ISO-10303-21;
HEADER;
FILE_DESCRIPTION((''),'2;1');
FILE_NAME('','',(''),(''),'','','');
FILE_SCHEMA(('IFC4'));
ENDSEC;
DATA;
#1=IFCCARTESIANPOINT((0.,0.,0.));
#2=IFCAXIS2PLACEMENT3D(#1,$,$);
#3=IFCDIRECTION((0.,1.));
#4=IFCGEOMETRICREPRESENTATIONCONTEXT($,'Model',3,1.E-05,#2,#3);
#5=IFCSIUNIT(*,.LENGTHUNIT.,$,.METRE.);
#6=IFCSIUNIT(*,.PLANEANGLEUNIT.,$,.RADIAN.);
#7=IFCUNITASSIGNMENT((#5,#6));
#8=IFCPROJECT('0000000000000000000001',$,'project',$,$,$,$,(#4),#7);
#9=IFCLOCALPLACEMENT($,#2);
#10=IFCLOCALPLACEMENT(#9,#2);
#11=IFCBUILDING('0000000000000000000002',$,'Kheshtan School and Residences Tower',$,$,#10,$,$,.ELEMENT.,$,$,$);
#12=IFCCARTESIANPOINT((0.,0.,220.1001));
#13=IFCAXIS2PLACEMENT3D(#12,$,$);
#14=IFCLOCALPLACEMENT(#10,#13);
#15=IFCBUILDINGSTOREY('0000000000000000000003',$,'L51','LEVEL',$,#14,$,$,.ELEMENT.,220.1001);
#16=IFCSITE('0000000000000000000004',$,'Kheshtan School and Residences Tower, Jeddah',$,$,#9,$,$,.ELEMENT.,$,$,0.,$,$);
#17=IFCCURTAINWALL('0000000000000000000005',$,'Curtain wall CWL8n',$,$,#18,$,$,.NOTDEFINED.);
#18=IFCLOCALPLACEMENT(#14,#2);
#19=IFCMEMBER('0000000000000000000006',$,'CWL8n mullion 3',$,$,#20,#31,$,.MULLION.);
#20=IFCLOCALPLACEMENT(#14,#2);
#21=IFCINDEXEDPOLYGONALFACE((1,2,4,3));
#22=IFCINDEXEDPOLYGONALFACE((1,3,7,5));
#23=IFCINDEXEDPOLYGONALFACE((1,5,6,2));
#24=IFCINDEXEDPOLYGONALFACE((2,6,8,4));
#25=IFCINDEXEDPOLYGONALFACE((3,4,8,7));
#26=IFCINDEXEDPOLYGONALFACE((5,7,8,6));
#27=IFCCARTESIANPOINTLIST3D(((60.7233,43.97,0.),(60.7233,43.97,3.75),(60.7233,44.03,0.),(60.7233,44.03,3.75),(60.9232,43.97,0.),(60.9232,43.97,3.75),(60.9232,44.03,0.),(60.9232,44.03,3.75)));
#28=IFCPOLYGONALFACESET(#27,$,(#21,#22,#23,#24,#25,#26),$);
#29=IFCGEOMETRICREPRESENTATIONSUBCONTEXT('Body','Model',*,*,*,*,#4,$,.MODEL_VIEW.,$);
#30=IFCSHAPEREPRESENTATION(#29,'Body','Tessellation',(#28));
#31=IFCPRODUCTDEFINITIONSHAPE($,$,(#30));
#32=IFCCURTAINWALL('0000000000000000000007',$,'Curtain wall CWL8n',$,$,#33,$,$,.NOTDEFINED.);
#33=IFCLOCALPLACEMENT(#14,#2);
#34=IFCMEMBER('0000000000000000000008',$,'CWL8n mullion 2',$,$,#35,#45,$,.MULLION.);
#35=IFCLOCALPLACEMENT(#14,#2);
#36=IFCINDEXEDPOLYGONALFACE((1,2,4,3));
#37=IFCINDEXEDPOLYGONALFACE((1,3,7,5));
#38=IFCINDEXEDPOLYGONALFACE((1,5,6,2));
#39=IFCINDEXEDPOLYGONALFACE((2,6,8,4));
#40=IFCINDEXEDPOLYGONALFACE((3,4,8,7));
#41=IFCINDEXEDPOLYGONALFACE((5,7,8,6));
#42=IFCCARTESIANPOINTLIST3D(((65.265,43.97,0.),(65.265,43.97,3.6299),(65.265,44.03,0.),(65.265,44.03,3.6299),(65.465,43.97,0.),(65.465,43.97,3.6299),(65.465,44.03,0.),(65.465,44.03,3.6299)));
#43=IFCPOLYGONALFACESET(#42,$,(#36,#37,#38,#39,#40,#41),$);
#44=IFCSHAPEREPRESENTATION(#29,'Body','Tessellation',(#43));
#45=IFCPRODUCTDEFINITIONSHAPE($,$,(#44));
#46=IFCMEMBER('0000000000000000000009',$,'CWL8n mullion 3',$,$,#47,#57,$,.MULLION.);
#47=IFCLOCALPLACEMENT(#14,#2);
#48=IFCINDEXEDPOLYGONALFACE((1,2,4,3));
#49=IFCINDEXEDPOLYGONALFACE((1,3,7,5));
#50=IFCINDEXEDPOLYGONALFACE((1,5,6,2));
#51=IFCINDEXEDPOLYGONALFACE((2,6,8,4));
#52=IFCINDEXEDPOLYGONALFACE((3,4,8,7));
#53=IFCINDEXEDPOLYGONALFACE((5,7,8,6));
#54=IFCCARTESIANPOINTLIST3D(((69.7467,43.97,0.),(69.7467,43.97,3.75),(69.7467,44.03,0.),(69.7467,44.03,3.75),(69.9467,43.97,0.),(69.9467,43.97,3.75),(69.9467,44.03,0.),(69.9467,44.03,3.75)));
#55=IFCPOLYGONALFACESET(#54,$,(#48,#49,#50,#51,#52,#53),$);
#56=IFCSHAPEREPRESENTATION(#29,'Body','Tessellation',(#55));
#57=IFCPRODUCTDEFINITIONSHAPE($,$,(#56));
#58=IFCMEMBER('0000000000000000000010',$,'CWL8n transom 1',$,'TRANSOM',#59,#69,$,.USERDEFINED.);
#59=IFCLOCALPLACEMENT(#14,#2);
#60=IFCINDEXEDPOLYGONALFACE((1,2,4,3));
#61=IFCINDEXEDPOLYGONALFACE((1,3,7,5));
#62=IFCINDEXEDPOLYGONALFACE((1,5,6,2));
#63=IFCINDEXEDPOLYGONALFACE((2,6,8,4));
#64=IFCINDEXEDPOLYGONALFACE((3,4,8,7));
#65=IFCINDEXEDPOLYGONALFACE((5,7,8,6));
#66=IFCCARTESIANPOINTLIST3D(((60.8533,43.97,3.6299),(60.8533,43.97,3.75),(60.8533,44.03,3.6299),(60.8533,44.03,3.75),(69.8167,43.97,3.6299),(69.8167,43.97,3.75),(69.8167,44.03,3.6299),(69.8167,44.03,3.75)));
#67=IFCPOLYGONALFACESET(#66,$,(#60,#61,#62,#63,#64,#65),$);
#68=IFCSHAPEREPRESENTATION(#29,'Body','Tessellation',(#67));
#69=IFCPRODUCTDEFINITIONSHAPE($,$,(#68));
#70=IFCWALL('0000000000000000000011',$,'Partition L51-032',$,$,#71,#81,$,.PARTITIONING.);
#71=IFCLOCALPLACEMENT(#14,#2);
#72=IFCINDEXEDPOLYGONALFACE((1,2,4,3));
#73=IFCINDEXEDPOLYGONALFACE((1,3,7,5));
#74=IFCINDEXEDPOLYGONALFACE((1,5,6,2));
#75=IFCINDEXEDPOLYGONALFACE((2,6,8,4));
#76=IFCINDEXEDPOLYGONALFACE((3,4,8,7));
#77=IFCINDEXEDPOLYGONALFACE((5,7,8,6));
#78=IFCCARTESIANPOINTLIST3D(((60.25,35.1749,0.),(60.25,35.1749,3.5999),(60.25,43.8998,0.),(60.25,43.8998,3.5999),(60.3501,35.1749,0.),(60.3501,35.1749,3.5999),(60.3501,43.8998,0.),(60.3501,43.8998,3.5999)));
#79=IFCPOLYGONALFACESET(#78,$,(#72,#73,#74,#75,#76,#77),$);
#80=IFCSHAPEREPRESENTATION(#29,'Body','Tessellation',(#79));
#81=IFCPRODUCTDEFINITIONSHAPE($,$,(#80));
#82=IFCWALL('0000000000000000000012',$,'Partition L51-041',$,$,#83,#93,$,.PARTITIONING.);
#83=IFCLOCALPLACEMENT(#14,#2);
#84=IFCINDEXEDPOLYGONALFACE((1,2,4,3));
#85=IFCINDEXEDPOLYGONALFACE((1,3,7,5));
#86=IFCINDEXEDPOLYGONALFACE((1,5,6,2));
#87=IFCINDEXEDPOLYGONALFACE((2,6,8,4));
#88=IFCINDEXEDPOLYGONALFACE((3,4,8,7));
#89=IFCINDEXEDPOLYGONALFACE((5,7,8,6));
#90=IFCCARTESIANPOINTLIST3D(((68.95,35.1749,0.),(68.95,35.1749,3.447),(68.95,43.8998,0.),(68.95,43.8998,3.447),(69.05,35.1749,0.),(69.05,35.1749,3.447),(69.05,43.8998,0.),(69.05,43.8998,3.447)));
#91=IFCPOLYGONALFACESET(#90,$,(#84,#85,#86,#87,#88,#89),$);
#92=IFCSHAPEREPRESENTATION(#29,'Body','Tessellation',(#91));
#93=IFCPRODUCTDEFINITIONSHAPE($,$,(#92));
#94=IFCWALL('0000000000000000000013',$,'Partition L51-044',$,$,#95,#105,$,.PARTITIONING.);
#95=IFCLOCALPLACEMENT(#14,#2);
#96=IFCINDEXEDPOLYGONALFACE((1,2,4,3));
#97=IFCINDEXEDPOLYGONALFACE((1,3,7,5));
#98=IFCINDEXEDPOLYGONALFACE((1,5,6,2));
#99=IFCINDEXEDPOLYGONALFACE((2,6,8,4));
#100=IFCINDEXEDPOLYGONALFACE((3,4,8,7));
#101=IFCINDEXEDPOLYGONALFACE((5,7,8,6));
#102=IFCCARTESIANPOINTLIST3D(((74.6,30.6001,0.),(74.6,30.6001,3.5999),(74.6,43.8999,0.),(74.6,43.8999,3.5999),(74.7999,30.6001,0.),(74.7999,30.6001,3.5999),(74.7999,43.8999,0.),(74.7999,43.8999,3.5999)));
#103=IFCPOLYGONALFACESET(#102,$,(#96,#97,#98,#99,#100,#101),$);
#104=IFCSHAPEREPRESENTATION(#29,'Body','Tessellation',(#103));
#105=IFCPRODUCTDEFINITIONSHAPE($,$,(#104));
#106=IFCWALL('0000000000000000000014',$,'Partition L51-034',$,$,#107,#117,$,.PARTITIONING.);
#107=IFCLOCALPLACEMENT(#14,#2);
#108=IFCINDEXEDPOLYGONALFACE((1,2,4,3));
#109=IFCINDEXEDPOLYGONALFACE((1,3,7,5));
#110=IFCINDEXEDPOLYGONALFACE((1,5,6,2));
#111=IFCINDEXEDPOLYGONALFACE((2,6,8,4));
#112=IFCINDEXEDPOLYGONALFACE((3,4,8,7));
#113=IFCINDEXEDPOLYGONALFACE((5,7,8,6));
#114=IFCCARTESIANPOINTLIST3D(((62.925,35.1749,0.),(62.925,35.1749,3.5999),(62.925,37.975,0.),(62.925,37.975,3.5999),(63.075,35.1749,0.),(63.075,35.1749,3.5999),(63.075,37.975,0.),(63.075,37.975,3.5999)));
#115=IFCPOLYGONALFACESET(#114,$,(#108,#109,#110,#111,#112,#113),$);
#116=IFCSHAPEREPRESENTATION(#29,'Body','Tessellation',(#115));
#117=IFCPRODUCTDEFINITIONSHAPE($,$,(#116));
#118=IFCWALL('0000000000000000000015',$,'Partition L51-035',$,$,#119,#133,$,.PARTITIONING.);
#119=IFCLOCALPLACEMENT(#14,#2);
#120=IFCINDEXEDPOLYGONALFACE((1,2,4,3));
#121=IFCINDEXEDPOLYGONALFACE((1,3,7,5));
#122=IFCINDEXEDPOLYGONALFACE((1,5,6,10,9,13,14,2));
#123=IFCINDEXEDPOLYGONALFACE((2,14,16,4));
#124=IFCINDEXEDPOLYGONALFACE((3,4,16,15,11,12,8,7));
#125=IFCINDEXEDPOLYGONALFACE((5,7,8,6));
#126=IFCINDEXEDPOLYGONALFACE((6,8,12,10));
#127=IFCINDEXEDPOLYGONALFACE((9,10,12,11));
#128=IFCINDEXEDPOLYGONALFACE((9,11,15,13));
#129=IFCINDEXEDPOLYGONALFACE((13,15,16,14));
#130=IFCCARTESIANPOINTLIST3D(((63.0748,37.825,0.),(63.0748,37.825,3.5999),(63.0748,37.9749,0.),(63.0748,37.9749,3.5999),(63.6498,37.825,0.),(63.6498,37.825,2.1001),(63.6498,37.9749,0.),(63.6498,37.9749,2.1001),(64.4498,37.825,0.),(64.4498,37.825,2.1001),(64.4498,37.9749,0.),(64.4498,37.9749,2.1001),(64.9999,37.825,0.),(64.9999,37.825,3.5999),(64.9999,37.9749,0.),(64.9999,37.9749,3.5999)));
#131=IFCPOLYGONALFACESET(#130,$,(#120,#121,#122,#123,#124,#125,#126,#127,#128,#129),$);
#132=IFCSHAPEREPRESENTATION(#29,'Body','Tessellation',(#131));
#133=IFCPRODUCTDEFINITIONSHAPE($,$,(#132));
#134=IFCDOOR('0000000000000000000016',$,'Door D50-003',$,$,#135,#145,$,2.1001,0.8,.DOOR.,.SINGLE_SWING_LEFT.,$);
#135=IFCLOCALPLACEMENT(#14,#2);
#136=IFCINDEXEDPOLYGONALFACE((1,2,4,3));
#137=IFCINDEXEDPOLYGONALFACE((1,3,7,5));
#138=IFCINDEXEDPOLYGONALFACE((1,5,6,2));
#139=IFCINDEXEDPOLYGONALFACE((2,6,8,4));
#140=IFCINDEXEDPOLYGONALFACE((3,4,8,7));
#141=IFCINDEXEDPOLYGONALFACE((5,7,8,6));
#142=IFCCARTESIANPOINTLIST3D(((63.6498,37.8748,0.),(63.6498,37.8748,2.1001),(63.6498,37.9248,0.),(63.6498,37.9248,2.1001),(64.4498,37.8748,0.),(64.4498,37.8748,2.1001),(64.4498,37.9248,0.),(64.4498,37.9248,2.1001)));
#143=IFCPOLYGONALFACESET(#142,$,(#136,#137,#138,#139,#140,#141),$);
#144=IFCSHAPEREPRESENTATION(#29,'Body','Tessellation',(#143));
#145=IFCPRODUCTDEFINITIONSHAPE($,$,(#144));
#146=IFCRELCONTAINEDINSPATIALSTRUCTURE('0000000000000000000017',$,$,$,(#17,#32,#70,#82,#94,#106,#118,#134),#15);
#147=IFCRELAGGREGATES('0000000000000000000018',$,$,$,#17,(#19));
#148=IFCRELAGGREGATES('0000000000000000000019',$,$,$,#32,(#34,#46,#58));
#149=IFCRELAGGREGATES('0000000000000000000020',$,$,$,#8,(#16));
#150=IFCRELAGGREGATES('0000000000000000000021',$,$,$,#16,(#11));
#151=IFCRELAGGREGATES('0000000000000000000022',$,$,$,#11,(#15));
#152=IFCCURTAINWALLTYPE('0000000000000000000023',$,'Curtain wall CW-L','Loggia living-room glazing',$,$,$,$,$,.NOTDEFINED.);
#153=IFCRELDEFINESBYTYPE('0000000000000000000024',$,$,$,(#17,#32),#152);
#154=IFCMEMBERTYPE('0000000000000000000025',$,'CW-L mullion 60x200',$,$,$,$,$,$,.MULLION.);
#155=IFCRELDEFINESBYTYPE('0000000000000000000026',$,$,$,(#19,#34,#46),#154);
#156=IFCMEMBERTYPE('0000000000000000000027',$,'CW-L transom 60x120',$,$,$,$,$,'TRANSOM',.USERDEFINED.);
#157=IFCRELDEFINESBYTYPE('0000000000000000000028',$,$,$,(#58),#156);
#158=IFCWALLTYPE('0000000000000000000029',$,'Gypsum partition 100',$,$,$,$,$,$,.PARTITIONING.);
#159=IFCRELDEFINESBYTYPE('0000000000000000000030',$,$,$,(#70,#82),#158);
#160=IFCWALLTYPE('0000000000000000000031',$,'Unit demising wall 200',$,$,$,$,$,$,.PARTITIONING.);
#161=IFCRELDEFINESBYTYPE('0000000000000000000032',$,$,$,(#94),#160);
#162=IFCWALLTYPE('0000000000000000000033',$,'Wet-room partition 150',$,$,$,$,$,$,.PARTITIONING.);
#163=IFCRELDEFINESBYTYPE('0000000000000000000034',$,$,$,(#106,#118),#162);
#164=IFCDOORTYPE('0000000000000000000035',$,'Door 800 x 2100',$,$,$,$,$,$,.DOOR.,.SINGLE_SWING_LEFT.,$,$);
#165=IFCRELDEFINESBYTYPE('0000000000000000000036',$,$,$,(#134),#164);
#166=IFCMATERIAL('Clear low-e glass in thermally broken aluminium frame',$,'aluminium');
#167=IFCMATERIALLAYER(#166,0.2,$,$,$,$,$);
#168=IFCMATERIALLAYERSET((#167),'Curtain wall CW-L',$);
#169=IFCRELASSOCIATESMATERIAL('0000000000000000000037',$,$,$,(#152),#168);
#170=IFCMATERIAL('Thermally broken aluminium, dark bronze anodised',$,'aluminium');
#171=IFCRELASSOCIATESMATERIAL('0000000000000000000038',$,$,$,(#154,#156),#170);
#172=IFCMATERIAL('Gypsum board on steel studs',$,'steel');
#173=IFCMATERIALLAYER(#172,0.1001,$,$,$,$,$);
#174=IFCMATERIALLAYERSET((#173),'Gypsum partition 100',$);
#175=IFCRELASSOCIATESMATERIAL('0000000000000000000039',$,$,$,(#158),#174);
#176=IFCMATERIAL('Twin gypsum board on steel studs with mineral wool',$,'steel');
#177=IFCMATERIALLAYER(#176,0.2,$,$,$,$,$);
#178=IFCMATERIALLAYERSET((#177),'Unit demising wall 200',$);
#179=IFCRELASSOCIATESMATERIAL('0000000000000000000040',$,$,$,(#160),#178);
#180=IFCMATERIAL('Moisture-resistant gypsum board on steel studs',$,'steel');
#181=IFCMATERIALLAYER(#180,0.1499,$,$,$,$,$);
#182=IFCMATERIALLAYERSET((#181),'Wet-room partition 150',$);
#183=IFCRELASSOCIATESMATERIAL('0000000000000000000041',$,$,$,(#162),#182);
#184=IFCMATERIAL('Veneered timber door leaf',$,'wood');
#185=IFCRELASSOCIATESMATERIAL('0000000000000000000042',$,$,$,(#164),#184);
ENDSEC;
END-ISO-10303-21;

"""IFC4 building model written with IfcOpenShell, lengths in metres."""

from ifc_helpers import new_model, si_unit, direction, frame, frame_2d, origin, origin_2d, place, context, subcontext, project, spatial, rectangle, extrude, source, transform, mapped, material, layer, layer_set, material_profile, profile_set, type_object, element, fill, aggregate, save


model = new_model("IFC4")

# Units and contexts
model_context = context("Model", 3, precision=1e-05, world=origin(), true_north=direction((0.0, 1.0)))
body_context = subcontext(model_context, "Body", "Model", "MODEL_VIEW")
ifc_project = project(units=[si_unit("LENGTHUNIT", "METRE"), si_unit("PLANEANGLEUNIT", "RADIAN")], contexts=[model_context])

# Site, building, storey
site_placement = place(None, origin())
site = spatial("IfcSite", under=ifc_project, at=site_placement, Name="Kheshtan School and Residences Tower, Jeddah", CompositionType="ELEMENT", RefElevation=0.0)
building_placement = place(site_placement, origin())
building = spatial("IfcBuilding", under=site, at=building_placement, Name="Kheshtan School and Residences Tower", CompositionType="ELEMENT")
storey_placement = place(building_placement, frame((0.0, 0.0, 220.1001)))
storey = spatial("IfcBuildingStorey", under=building, at=storey_placement, Name="L51", Description="LEVEL", CompositionType="ELEMENT", Elevation=220.1001)

# Curtain wall, member
ifc_material_1 = material(Name="Clear low-e glass in thermally broken aluminium frame", Category="aluminium")
ifc_layer_1 = layer(ifc_material_1, 0.2)
ifc_layer_set_1 = layer_set([ifc_layer_1], Name="Curtain wall CW-L")
curtain_wall_type = type_object("IfcCurtainWallType", Name="Curtain wall CW-L", Description="Loggia living-room glazing", PredefinedType="NOTDEFINED", material=ifc_layer_set_1)
curtain_wall_1_placement = place(storey_placement, origin())
curtain_wall_1 = element("IfcCurtainWall", 1, at=curtain_wall_1_placement, inside=storey, type_object=curtain_wall_type, Name="Curtain wall CWL8n", PredefinedType="NOTDEFINED")
ifc_material_2 = material(Name="Thermally broken aluminium, dark bronze anodised", Category="aluminium")
ifc_material_profile_1 = material_profile(ifc_material_2, rectangle(XDim=0.0601, YDim=0.2, at=origin_2d()), Name="CW-L mullion 60x200")
ifc_profile_set_1 = profile_set([ifc_material_profile_1], Name="Thermally broken aluminium, dark bronze anodised")
member_type_1 = type_object("IfcMemberType", Name="CW-L mullion 60x200", PredefinedType="MULLION", material=ifc_profile_set_1)
member_1_placement = place(storey_placement, frame((60.8232, 44.0, 0.0), z_axis=(0.0, 0.0, 1.0), x_axis=(0.0, 1.0, 0.0)))
member_1 = element("IfcMember", 2, at=member_1_placement, type_object=member_type_1, Name="CWL8n mullion 3", PredefinedType="MULLION", context=body_context, shape_type="SweptSolid", body=[
    extrude(rectangle(XDim=0.0601, YDim=0.2, at=origin_2d()), origin(), (0.0, 0.0, 1.0), 3.75),
])
aggregate(curtain_wall_1, [member_1])

# Curtain wall, members
curtain_wall_2_placement = place(storey_placement, origin())
curtain_wall_2 = element("IfcCurtainWall", 3, at=curtain_wall_2_placement, inside=storey, type_object=curtain_wall_type, Name="Curtain wall CWL8n", PredefinedType="NOTDEFINED")
member_2_placement = place(storey_placement, frame((65.365, 44.0, 0.0), z_axis=(0.0, 0.0, 1.0), x_axis=(0.0, 1.0, 0.0)))
member_2 = element("IfcMember", 4, at=member_2_placement, type_object=member_type_1, Name="CWL8n mullion 2", PredefinedType="MULLION", context=body_context, shape_type="SweptSolid", body=[
    extrude(rectangle(XDim=0.0601, YDim=0.2, at=origin_2d()), origin(), (0.0, 0.0, 1.0), 3.6299),
])
member_3_placement = place(storey_placement, frame((69.8467, 44.0, 0.0), z_axis=(0.0, 0.0, 1.0), x_axis=(0.0, 1.0, 0.0)))
member_3 = element("IfcMember", 5, at=member_3_placement, type_object=member_type_1, Name="CWL8n mullion 3", PredefinedType="MULLION", context=body_context, shape_type="SweptSolid", body=[
    extrude(rectangle(XDim=0.0601, YDim=0.2, at=origin_2d()), origin(), (0.0, 0.0, 1.0), 3.75),
])
ifc_material_profile_2 = material_profile(ifc_material_2, rectangle(XDim=0.0601, YDim=0.1201, at=origin_2d()), Name="CW-L transom 60x120")
ifc_profile_set_2 = profile_set([ifc_material_profile_2], Name="Thermally broken aluminium, dark bronze anodised")
member_type_2 = type_object("IfcMemberType", Name="CW-L transom 60x120", ElementType="TRANSOM", PredefinedType="USERDEFINED", material=ifc_profile_set_2)
member_4_placement = place(storey_placement, frame((60.8533, 44.0, 3.6899), z_axis=(1.0, 0.0, 0.0), x_axis=(0.0, 1.0, 0.0)))
member_4 = element("IfcMember", 6, at=member_4_placement, type_object=member_type_2, Name="CWL8n transom 1", ObjectType="TRANSOM", PredefinedType="USERDEFINED", context=body_context, shape_type="SweptSolid", body=[
    extrude(rectangle(XDim=0.0601, YDim=0.1201, at=origin_2d()), origin(), (0.0, 0.0, 1.0), 8.9634),
])
aggregate(curtain_wall_2, [member_2, member_3, member_4])

# Walls
ifc_material_3 = material(Name="Gypsum board on steel studs", Category="steel")
ifc_layer_2 = layer(ifc_material_3, 0.1001)
ifc_layer_set_2 = layer_set([ifc_layer_2], Name="Gypsum partition 100")
wall_type_1 = type_object("IfcWallType", Name="Gypsum partition 100", PredefinedType="PARTITIONING", material=ifc_layer_set_2)
wall_1_placement = place(storey_placement, frame((60.3, 35.175, 0.0), z_axis=(0.0, 0.0, 1.0), x_axis=(0.0, 1.0, 0.0)))
element("IfcWall", 7, at=wall_1_placement, inside=storey, type_object=wall_type_1, Name="Partition L51-032", PredefinedType="PARTITIONING", context=body_context, shape_type="SweptSolid", body=[
    extrude(rectangle(XDim=8.7249, YDim=0.1001, at=frame_2d((4.3623, 0.0))), origin(), (0.0, 0.0, 1.0), 3.5999),
])
wall_2_placement = place(storey_placement, frame((69.0, 35.175, 0.0), z_axis=(0.0, 0.0, 1.0), x_axis=(0.0, 1.0, 0.0)))
element("IfcWall", 8, at=wall_2_placement, inside=storey, type_object=wall_type_1, Name="Partition L51-041", PredefinedType="PARTITIONING", context=body_context, shape_type="SweptSolid", body=[
    extrude(rectangle(XDim=8.7249, YDim=0.1001, at=frame_2d((4.3623, 0.0))), origin(), (0.0, 0.0, 1.0), 3.447),
])
ifc_material_4 = material(Name="Twin gypsum board on steel studs with mineral wool", Category="steel")
ifc_layer_3 = layer(ifc_material_4, 0.2)
ifc_layer_set_3 = layer_set([ifc_layer_3], Name="Unit demising wall 200")
wall_type_2 = type_object("IfcWallType", Name="Unit demising wall 200", PredefinedType="PARTITIONING", material=ifc_layer_set_3)
wall_3_placement = place(storey_placement, frame((74.7, 30.6001, 0.0), z_axis=(0.0, 0.0, 1.0), x_axis=(0.0, 1.0, 0.0)))
element("IfcWall", 9, at=wall_3_placement, inside=storey, type_object=wall_type_2, Name="Partition L51-044", PredefinedType="PARTITIONING", context=body_context, shape_type="SweptSolid", body=[
    extrude(rectangle(XDim=13.2998, YDim=0.2, at=frame_2d((6.6499, 0.0))), origin(), (0.0, 0.0, 1.0), 3.5999),
])
ifc_material_5 = material(Name="Moisture-resistant gypsum board on steel studs", Category="steel")
ifc_layer_4 = layer(ifc_material_5, 0.1499)
ifc_layer_set_4 = layer_set([ifc_layer_4], Name="Wet-room partition 150")
wall_type_3 = type_object("IfcWallType", Name="Wet-room partition 150", PredefinedType="PARTITIONING", material=ifc_layer_set_4)
wall_4_placement = place(storey_placement, frame((63.0, 35.175, 0.0), z_axis=(0.0, 0.0, 1.0), x_axis=(0.0, 1.0, 0.0)))
element("IfcWall", 10, at=wall_4_placement, inside=storey, type_object=wall_type_3, Name="Partition L51-034", PredefinedType="PARTITIONING", context=body_context, shape_type="SweptSolid", body=[
    extrude(rectangle(XDim=2.8, YDim=0.1499, at=frame_2d((1.3999, 0.0))), origin(), (0.0, 0.0, 1.0), 3.5999),
])

# Wall, opening, door
wall_5_placement = place(storey_placement, frame((63.075, 37.8999, 0.0), z_axis=(0.0, 0.0, 1.0), x_axis=(1.0, 0.0, 0.0)))
wall_5 = element("IfcWall", 11, at=wall_5_placement, inside=storey, type_object=wall_type_3, Name="Partition L51-035", PredefinedType="PARTITIONING", context=body_context, shape_type="SweptSolid", body=[
    extrude(rectangle(XDim=1.925, YDim=0.1499, at=frame_2d((0.9624, 0.0))), origin(), (0.0, 0.0, 1.0), 3.5999),
])
opening_1_placement = place(wall_5_placement, frame((0.575, 0.0, 0.0)))
opening_1 = element("IfcOpeningElement", 12, at=opening_1_placement, cuts=wall_5, PredefinedType="OPENING", context=body_context, shape_type="SweptSolid", body=[
    extrude(rectangle(XDim=0.8, YDim=2.1001, at=frame_2d((0.3999, 1.05))), frame((0.0, 0.085, 0.0), z_axis=(0.0, -1.0, 0.0), x_axis=(1.0, 0.0, 0.0)), (0.0, 0.0, 1.0), 0.1699),
])
ifc_material_6 = material(Name="Veneered timber door leaf", Category="wood")
door_type_1 = type_object("IfcDoorType", Name="Door 800 x 2100", OperationType="SINGLE_SWING_LEFT", PredefinedType="DOOR", material=ifc_material_6)
shared_shape_1 = source(origin(), body_context, "Body", "SweptSolid", [
    extrude(rectangle(XDim=0.8, YDim=2.1001, at=frame_2d((0.3999, 1.05))), frame((0.0, 0.0249, 0.0), z_axis=(0.0, -1.0, 0.0), x_axis=(1.0, 0.0, 0.0)), (0.0, 0.0, 1.0), 0.05),
])
door_1_placement = place(opening_1_placement, origin())
door_1 = element("IfcDoor", 13, at=door_1_placement, inside=storey, type_object=door_type_1, Name="Door D50-003", OperationType="SINGLE_SWING_LEFT", OverallHeight=2.1001, OverallWidth=0.8, PredefinedType="DOOR", context=body_context, shape_type="MappedRepresentation", body=[
    mapped(shared_shape_1, transform((0.0, 0.0, 0.0), x_axis=(1.0, 0.0, 0.0), y_axis=(0.0, 1.0, 0.0), z_axis=(0.0, 0.0, 1.0), scale=1.0)),
])
fill(opening_1, door_1)

save(model, "model.ifc")
